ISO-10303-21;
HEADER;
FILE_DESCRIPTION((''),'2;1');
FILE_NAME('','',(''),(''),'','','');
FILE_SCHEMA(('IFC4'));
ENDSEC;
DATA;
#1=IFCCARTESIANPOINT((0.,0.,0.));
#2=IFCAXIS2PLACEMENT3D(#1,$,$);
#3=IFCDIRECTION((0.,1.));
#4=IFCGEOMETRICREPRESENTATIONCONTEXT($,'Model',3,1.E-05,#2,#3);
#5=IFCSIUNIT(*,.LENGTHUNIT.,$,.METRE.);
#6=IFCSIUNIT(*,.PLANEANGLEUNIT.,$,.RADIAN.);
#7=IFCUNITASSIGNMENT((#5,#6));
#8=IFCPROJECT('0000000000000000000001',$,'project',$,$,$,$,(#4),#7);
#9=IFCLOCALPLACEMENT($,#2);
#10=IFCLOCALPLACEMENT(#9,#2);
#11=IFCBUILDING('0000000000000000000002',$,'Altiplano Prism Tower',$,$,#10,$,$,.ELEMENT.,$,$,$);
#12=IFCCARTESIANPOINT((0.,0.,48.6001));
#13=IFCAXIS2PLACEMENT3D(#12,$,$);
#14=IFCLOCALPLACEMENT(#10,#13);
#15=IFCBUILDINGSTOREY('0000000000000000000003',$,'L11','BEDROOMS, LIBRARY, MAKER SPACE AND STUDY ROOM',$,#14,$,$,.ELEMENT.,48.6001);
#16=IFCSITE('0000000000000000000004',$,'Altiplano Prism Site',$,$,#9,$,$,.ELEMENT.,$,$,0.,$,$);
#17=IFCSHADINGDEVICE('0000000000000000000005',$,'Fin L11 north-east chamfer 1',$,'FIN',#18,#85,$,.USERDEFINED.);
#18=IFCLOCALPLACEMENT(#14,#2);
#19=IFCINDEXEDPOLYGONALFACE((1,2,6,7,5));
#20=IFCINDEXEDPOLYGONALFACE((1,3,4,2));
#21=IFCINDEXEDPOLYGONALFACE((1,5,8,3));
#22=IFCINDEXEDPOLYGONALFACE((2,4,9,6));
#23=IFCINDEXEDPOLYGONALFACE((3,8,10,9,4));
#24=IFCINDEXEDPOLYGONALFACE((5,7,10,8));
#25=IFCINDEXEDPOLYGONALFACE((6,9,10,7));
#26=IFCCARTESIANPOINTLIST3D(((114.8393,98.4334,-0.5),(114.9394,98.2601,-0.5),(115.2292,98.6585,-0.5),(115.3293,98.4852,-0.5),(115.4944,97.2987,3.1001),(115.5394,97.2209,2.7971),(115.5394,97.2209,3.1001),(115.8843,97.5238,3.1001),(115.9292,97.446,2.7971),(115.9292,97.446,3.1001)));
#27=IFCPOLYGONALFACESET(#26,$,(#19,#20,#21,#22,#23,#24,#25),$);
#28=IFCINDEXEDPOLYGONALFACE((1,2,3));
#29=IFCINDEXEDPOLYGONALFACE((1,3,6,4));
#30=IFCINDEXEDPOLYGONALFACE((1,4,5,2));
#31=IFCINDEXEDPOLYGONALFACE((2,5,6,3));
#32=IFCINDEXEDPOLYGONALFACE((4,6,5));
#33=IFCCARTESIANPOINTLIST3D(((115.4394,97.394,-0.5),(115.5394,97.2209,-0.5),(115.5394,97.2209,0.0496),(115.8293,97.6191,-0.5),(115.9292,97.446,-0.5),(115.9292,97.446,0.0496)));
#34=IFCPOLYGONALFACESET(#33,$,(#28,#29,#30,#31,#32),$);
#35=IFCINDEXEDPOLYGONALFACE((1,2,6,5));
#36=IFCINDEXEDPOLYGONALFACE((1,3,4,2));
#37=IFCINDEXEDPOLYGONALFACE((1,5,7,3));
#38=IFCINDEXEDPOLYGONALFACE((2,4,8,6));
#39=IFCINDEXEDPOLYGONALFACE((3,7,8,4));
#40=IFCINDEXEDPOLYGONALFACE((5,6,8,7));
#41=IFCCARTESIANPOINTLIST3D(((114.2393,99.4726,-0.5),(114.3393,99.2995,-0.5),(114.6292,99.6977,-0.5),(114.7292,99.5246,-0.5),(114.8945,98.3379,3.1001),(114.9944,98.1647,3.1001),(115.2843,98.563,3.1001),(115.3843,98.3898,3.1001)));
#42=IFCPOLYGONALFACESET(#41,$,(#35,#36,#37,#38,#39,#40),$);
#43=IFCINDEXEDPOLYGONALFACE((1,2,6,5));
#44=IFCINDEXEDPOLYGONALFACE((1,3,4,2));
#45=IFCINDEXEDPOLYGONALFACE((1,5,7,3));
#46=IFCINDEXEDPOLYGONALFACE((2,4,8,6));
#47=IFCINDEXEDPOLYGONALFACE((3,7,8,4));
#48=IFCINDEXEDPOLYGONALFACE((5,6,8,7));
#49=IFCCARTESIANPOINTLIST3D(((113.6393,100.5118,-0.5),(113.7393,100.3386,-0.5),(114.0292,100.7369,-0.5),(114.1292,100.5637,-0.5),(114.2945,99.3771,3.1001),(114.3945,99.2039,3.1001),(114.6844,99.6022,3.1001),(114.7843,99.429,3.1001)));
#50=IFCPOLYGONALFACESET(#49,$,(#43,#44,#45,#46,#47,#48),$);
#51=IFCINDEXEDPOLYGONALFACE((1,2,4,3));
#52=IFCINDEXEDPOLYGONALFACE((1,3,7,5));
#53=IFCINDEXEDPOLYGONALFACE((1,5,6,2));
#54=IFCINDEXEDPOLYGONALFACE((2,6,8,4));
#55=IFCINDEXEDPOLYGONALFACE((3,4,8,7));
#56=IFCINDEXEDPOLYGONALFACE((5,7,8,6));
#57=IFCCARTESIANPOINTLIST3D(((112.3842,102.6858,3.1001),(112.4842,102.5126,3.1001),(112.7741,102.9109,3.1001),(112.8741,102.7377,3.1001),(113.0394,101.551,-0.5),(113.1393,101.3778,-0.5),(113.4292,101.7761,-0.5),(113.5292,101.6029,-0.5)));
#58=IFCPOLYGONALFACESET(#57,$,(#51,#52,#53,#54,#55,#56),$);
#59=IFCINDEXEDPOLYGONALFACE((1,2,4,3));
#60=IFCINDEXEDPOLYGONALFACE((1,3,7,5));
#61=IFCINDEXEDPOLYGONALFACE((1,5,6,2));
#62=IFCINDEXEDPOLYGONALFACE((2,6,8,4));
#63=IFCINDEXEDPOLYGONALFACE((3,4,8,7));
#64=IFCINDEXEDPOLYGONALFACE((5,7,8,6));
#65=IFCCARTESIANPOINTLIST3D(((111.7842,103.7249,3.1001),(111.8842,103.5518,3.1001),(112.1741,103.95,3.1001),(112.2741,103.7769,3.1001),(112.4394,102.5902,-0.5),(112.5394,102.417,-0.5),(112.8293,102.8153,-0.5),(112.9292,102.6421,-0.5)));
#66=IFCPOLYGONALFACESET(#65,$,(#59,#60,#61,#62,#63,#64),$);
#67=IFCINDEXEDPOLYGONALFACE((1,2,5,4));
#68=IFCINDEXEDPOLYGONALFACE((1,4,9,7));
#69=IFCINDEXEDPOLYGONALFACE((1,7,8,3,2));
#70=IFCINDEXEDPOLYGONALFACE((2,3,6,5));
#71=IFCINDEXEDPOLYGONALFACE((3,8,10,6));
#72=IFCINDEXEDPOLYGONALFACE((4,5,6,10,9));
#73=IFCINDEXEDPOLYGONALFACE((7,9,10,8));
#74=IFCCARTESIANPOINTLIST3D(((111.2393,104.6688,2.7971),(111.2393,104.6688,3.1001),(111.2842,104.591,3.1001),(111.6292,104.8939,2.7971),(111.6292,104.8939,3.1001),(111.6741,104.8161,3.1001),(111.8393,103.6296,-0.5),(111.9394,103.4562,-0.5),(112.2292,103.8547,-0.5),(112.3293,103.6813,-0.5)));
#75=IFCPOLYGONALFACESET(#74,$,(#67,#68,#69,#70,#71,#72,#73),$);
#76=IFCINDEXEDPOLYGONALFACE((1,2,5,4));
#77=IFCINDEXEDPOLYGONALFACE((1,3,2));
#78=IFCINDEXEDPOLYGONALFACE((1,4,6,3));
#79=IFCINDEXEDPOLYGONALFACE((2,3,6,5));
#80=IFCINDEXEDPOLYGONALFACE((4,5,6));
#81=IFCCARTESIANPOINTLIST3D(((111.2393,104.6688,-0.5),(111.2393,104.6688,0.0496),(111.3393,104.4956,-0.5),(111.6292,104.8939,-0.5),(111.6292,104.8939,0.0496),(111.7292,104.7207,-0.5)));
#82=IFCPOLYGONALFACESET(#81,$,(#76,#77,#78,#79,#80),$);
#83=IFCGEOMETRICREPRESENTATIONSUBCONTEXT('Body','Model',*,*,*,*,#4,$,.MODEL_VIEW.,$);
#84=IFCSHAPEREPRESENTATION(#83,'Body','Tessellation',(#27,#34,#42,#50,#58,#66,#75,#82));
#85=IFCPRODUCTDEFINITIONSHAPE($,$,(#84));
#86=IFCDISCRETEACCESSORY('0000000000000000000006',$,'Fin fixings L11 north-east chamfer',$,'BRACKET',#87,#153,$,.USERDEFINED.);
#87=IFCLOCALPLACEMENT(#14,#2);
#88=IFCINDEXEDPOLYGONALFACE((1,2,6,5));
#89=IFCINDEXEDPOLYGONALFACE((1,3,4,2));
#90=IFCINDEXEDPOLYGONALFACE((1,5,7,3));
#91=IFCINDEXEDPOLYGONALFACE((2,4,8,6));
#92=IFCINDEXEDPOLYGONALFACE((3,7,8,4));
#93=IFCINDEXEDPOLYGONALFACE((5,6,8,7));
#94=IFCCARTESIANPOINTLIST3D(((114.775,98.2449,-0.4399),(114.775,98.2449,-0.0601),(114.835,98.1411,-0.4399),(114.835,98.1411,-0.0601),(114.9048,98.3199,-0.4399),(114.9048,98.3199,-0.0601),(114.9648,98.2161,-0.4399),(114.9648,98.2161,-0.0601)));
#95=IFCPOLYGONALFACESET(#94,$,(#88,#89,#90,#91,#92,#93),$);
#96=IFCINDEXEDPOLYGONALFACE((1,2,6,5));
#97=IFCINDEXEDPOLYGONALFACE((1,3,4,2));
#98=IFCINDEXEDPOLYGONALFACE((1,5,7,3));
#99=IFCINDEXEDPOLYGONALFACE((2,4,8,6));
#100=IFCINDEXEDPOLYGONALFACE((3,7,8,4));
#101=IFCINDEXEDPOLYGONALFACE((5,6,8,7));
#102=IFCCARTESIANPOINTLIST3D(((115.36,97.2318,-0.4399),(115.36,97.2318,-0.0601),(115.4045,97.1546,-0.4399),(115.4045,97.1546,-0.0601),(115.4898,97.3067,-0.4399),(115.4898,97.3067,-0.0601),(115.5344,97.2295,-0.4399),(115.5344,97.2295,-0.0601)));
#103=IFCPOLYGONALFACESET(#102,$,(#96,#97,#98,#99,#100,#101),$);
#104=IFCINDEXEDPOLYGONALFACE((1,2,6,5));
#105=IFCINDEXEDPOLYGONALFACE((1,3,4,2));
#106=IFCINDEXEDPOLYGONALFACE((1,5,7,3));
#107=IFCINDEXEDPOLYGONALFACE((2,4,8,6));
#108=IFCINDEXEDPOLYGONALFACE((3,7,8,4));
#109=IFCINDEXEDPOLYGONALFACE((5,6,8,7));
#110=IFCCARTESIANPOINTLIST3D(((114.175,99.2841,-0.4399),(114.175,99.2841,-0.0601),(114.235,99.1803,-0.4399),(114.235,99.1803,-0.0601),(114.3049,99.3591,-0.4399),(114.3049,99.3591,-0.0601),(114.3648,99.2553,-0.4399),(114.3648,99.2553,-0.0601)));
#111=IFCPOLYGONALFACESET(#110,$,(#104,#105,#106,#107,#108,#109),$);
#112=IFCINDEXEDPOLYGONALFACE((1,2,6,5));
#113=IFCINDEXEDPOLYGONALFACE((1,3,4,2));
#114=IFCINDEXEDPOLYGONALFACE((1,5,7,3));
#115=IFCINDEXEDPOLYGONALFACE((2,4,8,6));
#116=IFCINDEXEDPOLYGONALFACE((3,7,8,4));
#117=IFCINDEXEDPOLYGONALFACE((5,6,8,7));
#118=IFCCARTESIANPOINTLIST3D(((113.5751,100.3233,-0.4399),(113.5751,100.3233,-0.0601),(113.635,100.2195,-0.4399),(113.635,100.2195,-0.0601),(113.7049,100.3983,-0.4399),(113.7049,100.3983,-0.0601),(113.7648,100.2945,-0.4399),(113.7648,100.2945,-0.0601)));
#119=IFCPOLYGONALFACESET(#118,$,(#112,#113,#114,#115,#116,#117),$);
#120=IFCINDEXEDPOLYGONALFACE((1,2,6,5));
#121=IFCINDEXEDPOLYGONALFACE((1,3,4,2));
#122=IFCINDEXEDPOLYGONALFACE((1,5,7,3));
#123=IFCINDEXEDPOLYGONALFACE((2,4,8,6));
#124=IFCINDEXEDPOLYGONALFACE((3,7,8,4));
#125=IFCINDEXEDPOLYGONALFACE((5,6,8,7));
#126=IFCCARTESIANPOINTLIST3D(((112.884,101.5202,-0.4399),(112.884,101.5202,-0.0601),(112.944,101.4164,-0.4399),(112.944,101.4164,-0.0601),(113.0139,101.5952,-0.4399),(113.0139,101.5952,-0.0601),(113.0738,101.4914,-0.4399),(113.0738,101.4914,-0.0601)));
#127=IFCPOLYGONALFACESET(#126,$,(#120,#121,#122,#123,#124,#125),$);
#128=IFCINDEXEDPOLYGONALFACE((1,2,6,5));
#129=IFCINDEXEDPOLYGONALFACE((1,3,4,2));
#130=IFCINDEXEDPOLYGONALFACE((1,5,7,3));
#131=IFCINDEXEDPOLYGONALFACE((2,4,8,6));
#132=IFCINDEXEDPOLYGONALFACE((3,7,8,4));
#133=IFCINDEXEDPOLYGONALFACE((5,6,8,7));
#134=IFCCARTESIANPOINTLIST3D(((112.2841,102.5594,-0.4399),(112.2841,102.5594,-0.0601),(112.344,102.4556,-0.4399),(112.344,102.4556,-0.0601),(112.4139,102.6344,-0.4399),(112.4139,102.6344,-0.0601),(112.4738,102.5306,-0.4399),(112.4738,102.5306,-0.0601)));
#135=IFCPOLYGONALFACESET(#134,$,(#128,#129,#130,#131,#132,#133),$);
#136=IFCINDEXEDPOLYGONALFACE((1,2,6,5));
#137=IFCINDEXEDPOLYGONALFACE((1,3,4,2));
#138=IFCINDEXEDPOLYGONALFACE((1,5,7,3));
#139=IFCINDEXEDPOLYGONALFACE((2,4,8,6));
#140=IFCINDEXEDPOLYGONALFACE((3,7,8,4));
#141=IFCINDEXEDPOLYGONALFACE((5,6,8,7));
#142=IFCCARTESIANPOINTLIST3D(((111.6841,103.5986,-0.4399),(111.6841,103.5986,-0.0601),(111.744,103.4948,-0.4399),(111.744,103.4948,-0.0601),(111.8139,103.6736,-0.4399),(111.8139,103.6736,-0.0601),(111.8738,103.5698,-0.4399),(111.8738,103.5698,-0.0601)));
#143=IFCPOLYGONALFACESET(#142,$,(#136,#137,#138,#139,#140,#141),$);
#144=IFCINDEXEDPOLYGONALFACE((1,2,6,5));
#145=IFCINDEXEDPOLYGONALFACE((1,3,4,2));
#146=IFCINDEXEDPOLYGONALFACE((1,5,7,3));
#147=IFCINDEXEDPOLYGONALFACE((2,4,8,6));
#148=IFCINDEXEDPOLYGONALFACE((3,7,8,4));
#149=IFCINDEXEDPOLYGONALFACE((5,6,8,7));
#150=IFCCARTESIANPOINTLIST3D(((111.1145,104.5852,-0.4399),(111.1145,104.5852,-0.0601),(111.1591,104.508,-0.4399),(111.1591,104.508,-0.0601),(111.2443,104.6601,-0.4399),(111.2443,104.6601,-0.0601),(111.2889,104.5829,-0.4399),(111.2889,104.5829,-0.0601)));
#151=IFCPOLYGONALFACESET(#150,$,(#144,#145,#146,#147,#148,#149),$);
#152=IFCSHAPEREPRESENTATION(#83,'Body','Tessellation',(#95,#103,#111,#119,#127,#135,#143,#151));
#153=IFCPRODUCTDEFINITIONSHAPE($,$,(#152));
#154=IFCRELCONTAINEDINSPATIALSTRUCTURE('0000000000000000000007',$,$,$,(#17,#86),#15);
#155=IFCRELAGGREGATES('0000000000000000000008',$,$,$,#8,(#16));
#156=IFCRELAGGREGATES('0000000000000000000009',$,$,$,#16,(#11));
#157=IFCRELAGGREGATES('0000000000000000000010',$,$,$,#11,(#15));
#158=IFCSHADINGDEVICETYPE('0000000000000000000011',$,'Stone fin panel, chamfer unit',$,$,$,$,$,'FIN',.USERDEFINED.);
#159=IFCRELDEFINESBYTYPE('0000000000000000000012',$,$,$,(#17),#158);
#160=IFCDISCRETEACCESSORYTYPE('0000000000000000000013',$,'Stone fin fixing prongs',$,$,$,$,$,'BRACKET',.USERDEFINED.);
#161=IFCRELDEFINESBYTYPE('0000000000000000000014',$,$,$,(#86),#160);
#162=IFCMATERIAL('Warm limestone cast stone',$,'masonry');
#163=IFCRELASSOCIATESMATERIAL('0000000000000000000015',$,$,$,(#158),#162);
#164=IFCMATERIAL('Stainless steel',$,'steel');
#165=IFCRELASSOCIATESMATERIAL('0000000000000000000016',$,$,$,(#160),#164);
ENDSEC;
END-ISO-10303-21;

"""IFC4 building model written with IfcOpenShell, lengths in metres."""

from ifc_helpers import new_model, si_unit, direction, frame, origin, place, context, subcontext, project, spatial, polyline, outline, extrude, source, transform, mapped, material, type_object, element, save


model = new_model("IFC4")

# Units and contexts
model_context = context("Model", 3, precision=1e-05, world=origin(), true_north=direction((0.0, 1.0)))
body_context = subcontext(model_context, "Body", "Model", "MODEL_VIEW")
ifc_project = project(units=[si_unit("LENGTHUNIT", "METRE"), si_unit("PLANEANGLEUNIT", "RADIAN")], contexts=[model_context])

# Site, building, storey
site_placement = place(None, origin())
site = spatial("IfcSite", under=ifc_project, at=site_placement, Name="Altiplano Prism Site", CompositionType="ELEMENT", RefElevation=0.0)
building_placement = place(site_placement, origin())
building = spatial("IfcBuilding", under=site, at=building_placement, Name="Altiplano Prism Tower", CompositionType="ELEMENT")
storey_placement = place(building_placement, frame((0.0, 0.0, 48.6001)))
storey = spatial("IfcBuildingStorey", under=building, at=storey_placement, Name="L11", Description="BEDROOMS, LIBRARY, MAKER SPACE AND STUDY ROOM", CompositionType="ELEMENT", Elevation=48.6001)

# Shading device
ifc_material_1 = material(Name="Warm limestone cast stone", Category="masonry")
shading_device_type_1 = type_object("IfcShadingDeviceType", Name="Stone fin panel, chamfer unit", ElementType="FIN", PredefinedType="USERDEFINED", material=ifc_material_1)
shared_shape_1 = source(origin(), body_context, "Body", "SweptSolid", [
    extrude(outline(polyline([(-4.3, 3.6001), (-4.3, 3.2971), (-3.1001, 0.0), (-2.8999, 0.0), (-4.2102, 3.6001), (-4.3, 3.6001)])), frame((0.0, -0.1499, 0.0), z_axis=(0.0, -1.0, 0.0), x_axis=(1.0, 0.0, 0.0)), (0.0, 0.0, 1.0), 0.4502),
    extrude(outline(polyline([(-4.3, 0.5496), (-4.3, 0.0), (-4.1001, 0.0), (-4.3, 0.5496)])), frame((0.0, -0.1499, 0.0), z_axis=(0.0, -1.0, 0.0), x_axis=(1.0, 0.0, 0.0)), (0.0, 0.0, 1.0), 0.4502),
    extrude(outline(polyline([(-3.2102, 3.6001), (-1.8999, 0.0), (-1.7, 0.0), (-3.0103, 3.6001), (-3.2102, 3.6001)])), frame((0.0, -0.1499, 0.0), z_axis=(0.0, -1.0, 0.0), x_axis=(1.0, 0.0, 0.0)), (0.0, 0.0, 1.0), 0.4502),
    extrude(outline(polyline([(-2.0103, 3.6001), (-0.7, 0.0), (-0.5, 0.0), (-1.8103, 3.6001), (-2.0103, 3.6001)])), frame((0.0, -0.1499, 0.0), z_axis=(0.0, -1.0, 0.0), x_axis=(1.0, 0.0, 0.0)), (0.0, 0.0, 1.0), 0.4502),
    extrude(outline(polyline([(1.8103, 3.6001), (0.5, 0.0), (0.7, 0.0), (2.0103, 3.6001), (1.8103, 3.6001)])), frame((0.0, -0.1499, 0.0), z_axis=(0.0, -1.0, 0.0), x_axis=(1.0, 0.0, 0.0)), (0.0, 0.0, 1.0), 0.4502),
    extrude(outline(polyline([(3.0103, 3.6001), (1.7, 0.0), (1.8999, 0.0), (3.2102, 3.6001), (3.0103, 3.6001)])), frame((0.0, -0.1499, 0.0), z_axis=(0.0, -1.0, 0.0), x_axis=(1.0, 0.0, 0.0)), (0.0, 0.0, 1.0), 0.4502),
    extrude(outline(polyline([(4.2102, 3.6001), (2.8999, 0.0), (3.1001, 0.0), (4.3, 3.2971), (4.3, 3.6001), (4.2102, 3.6001)])), frame((0.0, -0.1499, 0.0), z_axis=(0.0, -1.0, 0.0), x_axis=(1.0, 0.0, 0.0)), (0.0, 0.0, 1.0), 0.4502),
    extrude(outline(polyline([(4.3, 0.0), (4.3, 0.5496), (4.1001, 0.0), (4.3, 0.0)])), frame((0.0, -0.1499, 0.0), z_axis=(0.0, -1.0, 0.0), x_axis=(1.0, 0.0, 0.0)), (0.0, 0.0, 1.0), 0.4502),
])
shading_device_1_placement = place(storey_placement, origin())
element("IfcShadingDevice", 1, at=shading_device_1_placement, inside=storey, type_object=shading_device_type_1, Name="Fin L11 north-east chamfer 1", ObjectType="FIN", PredefinedType="USERDEFINED", context=body_context, shape_type="MappedRepresentation", body=[
    mapped(shared_shape_1, transform((113.2595, 100.8699, -0.5), x_axis=(-0.5, 0.866025, 0.0), y_axis=(-0.866025, -0.5, 0.0), z_axis=(0.0, 0.0, 1.0))),
])

# Discrete accessory
ifc_material_2 = material(Name="Stainless steel", Category="steel")
discrete_accessory_type = type_object("IfcDiscreteAccessoryType", Name="Stone fin fixing prongs", ElementType="BRACKET", PredefinedType="USERDEFINED", material=ifc_material_2)
shared_shape_2 = source(origin(), body_context, "Body", "SweptSolid", [
    extrude(outline(polyline([(-3.1509, 0.0601), (-3.031, 0.0601), (-3.031, 0.4399), (-3.1509, 0.4399), (-3.1509, 0.0601)])), frame((0.0, 0.0, 0.0), z_axis=(0.0, -1.0, 0.0), x_axis=(1.0, 0.0, 0.0)), (0.0, 0.0, 1.0), 0.1499),
    extrude(outline(polyline([(-4.29, 0.0601), (-4.2009, 0.0601), (-4.2009, 0.4399), (-4.29, 0.4399), (-4.29, 0.0601)])), frame((0.0, 0.0, 0.0), z_axis=(0.0, -1.0, 0.0), x_axis=(1.0, 0.0, 0.0)), (0.0, 0.0, 1.0), 0.1499),
    extrude(outline(polyline([(-1.9509, 0.0601), (-1.8311, 0.0601), (-1.8311, 0.4399), (-1.9509, 0.4399), (-1.9509, 0.0601)])), frame((0.0, 0.0, 0.0), z_axis=(0.0, -1.0, 0.0), x_axis=(1.0, 0.0, 0.0)), (0.0, 0.0, 1.0), 0.1499),
    extrude(outline(polyline([(-0.751, 0.0601), (-0.6311, 0.0601), (-0.6311, 0.4399), (-0.751, 0.4399), (-0.751, 0.0601)])), frame((0.0, 0.0, 0.0), z_axis=(0.0, -1.0, 0.0), x_axis=(1.0, 0.0, 0.0)), (0.0, 0.0, 1.0), 0.1499),
    extrude(outline(polyline([(0.6311, 0.0601), (0.751, 0.0601), (0.751, 0.4399), (0.6311, 0.4399), (0.6311, 0.0601)])), frame((0.0, 0.0, 0.0), z_axis=(0.0, -1.0, 0.0), x_axis=(1.0, 0.0, 0.0)), (0.0, 0.0, 1.0), 0.1499),
    extrude(outline(polyline([(1.8311, 0.0601), (1.9509, 0.0601), (1.9509, 0.4399), (1.8311, 0.4399), (1.8311, 0.0601)])), frame((0.0, 0.0, 0.0), z_axis=(0.0, -1.0, 0.0), x_axis=(1.0, 0.0, 0.0)), (0.0, 0.0, 1.0), 0.1499),
    extrude(outline(polyline([(3.031, 0.0601), (3.1509, 0.0601), (3.1509, 0.4399), (3.031, 0.4399), (3.031, 0.0601)])), frame((0.0, 0.0, 0.0), z_axis=(0.0, -1.0, 0.0), x_axis=(1.0, 0.0, 0.0)), (0.0, 0.0, 1.0), 0.1499),
    extrude(outline(polyline([(4.2009, 0.0601), (4.29, 0.0601), (4.29, 0.4399), (4.2009, 0.4399), (4.2009, 0.0601)])), frame((0.0, 0.0, 0.0), z_axis=(0.0, -1.0, 0.0), x_axis=(1.0, 0.0, 0.0)), (0.0, 0.0, 1.0), 0.1499),
])
discrete_accessory_1_placement = place(storey_placement, origin())
element("IfcDiscreteAccessory", 2, at=discrete_accessory_1_placement, inside=storey, type_object=discrete_accessory_type, Name="Fin fixings L11 north-east chamfer", ObjectType="BRACKET", PredefinedType="USERDEFINED", context=body_context, shape_type="MappedRepresentation", body=[
    mapped(shared_shape_2, transform((113.2595, 100.8699, -0.5), x_axis=(-0.5, 0.866025, 0.0), y_axis=(-0.866025, -0.5, 0.0), z_axis=(0.0, 0.0, 1.0))),
])

save(model, "model.ifc")
